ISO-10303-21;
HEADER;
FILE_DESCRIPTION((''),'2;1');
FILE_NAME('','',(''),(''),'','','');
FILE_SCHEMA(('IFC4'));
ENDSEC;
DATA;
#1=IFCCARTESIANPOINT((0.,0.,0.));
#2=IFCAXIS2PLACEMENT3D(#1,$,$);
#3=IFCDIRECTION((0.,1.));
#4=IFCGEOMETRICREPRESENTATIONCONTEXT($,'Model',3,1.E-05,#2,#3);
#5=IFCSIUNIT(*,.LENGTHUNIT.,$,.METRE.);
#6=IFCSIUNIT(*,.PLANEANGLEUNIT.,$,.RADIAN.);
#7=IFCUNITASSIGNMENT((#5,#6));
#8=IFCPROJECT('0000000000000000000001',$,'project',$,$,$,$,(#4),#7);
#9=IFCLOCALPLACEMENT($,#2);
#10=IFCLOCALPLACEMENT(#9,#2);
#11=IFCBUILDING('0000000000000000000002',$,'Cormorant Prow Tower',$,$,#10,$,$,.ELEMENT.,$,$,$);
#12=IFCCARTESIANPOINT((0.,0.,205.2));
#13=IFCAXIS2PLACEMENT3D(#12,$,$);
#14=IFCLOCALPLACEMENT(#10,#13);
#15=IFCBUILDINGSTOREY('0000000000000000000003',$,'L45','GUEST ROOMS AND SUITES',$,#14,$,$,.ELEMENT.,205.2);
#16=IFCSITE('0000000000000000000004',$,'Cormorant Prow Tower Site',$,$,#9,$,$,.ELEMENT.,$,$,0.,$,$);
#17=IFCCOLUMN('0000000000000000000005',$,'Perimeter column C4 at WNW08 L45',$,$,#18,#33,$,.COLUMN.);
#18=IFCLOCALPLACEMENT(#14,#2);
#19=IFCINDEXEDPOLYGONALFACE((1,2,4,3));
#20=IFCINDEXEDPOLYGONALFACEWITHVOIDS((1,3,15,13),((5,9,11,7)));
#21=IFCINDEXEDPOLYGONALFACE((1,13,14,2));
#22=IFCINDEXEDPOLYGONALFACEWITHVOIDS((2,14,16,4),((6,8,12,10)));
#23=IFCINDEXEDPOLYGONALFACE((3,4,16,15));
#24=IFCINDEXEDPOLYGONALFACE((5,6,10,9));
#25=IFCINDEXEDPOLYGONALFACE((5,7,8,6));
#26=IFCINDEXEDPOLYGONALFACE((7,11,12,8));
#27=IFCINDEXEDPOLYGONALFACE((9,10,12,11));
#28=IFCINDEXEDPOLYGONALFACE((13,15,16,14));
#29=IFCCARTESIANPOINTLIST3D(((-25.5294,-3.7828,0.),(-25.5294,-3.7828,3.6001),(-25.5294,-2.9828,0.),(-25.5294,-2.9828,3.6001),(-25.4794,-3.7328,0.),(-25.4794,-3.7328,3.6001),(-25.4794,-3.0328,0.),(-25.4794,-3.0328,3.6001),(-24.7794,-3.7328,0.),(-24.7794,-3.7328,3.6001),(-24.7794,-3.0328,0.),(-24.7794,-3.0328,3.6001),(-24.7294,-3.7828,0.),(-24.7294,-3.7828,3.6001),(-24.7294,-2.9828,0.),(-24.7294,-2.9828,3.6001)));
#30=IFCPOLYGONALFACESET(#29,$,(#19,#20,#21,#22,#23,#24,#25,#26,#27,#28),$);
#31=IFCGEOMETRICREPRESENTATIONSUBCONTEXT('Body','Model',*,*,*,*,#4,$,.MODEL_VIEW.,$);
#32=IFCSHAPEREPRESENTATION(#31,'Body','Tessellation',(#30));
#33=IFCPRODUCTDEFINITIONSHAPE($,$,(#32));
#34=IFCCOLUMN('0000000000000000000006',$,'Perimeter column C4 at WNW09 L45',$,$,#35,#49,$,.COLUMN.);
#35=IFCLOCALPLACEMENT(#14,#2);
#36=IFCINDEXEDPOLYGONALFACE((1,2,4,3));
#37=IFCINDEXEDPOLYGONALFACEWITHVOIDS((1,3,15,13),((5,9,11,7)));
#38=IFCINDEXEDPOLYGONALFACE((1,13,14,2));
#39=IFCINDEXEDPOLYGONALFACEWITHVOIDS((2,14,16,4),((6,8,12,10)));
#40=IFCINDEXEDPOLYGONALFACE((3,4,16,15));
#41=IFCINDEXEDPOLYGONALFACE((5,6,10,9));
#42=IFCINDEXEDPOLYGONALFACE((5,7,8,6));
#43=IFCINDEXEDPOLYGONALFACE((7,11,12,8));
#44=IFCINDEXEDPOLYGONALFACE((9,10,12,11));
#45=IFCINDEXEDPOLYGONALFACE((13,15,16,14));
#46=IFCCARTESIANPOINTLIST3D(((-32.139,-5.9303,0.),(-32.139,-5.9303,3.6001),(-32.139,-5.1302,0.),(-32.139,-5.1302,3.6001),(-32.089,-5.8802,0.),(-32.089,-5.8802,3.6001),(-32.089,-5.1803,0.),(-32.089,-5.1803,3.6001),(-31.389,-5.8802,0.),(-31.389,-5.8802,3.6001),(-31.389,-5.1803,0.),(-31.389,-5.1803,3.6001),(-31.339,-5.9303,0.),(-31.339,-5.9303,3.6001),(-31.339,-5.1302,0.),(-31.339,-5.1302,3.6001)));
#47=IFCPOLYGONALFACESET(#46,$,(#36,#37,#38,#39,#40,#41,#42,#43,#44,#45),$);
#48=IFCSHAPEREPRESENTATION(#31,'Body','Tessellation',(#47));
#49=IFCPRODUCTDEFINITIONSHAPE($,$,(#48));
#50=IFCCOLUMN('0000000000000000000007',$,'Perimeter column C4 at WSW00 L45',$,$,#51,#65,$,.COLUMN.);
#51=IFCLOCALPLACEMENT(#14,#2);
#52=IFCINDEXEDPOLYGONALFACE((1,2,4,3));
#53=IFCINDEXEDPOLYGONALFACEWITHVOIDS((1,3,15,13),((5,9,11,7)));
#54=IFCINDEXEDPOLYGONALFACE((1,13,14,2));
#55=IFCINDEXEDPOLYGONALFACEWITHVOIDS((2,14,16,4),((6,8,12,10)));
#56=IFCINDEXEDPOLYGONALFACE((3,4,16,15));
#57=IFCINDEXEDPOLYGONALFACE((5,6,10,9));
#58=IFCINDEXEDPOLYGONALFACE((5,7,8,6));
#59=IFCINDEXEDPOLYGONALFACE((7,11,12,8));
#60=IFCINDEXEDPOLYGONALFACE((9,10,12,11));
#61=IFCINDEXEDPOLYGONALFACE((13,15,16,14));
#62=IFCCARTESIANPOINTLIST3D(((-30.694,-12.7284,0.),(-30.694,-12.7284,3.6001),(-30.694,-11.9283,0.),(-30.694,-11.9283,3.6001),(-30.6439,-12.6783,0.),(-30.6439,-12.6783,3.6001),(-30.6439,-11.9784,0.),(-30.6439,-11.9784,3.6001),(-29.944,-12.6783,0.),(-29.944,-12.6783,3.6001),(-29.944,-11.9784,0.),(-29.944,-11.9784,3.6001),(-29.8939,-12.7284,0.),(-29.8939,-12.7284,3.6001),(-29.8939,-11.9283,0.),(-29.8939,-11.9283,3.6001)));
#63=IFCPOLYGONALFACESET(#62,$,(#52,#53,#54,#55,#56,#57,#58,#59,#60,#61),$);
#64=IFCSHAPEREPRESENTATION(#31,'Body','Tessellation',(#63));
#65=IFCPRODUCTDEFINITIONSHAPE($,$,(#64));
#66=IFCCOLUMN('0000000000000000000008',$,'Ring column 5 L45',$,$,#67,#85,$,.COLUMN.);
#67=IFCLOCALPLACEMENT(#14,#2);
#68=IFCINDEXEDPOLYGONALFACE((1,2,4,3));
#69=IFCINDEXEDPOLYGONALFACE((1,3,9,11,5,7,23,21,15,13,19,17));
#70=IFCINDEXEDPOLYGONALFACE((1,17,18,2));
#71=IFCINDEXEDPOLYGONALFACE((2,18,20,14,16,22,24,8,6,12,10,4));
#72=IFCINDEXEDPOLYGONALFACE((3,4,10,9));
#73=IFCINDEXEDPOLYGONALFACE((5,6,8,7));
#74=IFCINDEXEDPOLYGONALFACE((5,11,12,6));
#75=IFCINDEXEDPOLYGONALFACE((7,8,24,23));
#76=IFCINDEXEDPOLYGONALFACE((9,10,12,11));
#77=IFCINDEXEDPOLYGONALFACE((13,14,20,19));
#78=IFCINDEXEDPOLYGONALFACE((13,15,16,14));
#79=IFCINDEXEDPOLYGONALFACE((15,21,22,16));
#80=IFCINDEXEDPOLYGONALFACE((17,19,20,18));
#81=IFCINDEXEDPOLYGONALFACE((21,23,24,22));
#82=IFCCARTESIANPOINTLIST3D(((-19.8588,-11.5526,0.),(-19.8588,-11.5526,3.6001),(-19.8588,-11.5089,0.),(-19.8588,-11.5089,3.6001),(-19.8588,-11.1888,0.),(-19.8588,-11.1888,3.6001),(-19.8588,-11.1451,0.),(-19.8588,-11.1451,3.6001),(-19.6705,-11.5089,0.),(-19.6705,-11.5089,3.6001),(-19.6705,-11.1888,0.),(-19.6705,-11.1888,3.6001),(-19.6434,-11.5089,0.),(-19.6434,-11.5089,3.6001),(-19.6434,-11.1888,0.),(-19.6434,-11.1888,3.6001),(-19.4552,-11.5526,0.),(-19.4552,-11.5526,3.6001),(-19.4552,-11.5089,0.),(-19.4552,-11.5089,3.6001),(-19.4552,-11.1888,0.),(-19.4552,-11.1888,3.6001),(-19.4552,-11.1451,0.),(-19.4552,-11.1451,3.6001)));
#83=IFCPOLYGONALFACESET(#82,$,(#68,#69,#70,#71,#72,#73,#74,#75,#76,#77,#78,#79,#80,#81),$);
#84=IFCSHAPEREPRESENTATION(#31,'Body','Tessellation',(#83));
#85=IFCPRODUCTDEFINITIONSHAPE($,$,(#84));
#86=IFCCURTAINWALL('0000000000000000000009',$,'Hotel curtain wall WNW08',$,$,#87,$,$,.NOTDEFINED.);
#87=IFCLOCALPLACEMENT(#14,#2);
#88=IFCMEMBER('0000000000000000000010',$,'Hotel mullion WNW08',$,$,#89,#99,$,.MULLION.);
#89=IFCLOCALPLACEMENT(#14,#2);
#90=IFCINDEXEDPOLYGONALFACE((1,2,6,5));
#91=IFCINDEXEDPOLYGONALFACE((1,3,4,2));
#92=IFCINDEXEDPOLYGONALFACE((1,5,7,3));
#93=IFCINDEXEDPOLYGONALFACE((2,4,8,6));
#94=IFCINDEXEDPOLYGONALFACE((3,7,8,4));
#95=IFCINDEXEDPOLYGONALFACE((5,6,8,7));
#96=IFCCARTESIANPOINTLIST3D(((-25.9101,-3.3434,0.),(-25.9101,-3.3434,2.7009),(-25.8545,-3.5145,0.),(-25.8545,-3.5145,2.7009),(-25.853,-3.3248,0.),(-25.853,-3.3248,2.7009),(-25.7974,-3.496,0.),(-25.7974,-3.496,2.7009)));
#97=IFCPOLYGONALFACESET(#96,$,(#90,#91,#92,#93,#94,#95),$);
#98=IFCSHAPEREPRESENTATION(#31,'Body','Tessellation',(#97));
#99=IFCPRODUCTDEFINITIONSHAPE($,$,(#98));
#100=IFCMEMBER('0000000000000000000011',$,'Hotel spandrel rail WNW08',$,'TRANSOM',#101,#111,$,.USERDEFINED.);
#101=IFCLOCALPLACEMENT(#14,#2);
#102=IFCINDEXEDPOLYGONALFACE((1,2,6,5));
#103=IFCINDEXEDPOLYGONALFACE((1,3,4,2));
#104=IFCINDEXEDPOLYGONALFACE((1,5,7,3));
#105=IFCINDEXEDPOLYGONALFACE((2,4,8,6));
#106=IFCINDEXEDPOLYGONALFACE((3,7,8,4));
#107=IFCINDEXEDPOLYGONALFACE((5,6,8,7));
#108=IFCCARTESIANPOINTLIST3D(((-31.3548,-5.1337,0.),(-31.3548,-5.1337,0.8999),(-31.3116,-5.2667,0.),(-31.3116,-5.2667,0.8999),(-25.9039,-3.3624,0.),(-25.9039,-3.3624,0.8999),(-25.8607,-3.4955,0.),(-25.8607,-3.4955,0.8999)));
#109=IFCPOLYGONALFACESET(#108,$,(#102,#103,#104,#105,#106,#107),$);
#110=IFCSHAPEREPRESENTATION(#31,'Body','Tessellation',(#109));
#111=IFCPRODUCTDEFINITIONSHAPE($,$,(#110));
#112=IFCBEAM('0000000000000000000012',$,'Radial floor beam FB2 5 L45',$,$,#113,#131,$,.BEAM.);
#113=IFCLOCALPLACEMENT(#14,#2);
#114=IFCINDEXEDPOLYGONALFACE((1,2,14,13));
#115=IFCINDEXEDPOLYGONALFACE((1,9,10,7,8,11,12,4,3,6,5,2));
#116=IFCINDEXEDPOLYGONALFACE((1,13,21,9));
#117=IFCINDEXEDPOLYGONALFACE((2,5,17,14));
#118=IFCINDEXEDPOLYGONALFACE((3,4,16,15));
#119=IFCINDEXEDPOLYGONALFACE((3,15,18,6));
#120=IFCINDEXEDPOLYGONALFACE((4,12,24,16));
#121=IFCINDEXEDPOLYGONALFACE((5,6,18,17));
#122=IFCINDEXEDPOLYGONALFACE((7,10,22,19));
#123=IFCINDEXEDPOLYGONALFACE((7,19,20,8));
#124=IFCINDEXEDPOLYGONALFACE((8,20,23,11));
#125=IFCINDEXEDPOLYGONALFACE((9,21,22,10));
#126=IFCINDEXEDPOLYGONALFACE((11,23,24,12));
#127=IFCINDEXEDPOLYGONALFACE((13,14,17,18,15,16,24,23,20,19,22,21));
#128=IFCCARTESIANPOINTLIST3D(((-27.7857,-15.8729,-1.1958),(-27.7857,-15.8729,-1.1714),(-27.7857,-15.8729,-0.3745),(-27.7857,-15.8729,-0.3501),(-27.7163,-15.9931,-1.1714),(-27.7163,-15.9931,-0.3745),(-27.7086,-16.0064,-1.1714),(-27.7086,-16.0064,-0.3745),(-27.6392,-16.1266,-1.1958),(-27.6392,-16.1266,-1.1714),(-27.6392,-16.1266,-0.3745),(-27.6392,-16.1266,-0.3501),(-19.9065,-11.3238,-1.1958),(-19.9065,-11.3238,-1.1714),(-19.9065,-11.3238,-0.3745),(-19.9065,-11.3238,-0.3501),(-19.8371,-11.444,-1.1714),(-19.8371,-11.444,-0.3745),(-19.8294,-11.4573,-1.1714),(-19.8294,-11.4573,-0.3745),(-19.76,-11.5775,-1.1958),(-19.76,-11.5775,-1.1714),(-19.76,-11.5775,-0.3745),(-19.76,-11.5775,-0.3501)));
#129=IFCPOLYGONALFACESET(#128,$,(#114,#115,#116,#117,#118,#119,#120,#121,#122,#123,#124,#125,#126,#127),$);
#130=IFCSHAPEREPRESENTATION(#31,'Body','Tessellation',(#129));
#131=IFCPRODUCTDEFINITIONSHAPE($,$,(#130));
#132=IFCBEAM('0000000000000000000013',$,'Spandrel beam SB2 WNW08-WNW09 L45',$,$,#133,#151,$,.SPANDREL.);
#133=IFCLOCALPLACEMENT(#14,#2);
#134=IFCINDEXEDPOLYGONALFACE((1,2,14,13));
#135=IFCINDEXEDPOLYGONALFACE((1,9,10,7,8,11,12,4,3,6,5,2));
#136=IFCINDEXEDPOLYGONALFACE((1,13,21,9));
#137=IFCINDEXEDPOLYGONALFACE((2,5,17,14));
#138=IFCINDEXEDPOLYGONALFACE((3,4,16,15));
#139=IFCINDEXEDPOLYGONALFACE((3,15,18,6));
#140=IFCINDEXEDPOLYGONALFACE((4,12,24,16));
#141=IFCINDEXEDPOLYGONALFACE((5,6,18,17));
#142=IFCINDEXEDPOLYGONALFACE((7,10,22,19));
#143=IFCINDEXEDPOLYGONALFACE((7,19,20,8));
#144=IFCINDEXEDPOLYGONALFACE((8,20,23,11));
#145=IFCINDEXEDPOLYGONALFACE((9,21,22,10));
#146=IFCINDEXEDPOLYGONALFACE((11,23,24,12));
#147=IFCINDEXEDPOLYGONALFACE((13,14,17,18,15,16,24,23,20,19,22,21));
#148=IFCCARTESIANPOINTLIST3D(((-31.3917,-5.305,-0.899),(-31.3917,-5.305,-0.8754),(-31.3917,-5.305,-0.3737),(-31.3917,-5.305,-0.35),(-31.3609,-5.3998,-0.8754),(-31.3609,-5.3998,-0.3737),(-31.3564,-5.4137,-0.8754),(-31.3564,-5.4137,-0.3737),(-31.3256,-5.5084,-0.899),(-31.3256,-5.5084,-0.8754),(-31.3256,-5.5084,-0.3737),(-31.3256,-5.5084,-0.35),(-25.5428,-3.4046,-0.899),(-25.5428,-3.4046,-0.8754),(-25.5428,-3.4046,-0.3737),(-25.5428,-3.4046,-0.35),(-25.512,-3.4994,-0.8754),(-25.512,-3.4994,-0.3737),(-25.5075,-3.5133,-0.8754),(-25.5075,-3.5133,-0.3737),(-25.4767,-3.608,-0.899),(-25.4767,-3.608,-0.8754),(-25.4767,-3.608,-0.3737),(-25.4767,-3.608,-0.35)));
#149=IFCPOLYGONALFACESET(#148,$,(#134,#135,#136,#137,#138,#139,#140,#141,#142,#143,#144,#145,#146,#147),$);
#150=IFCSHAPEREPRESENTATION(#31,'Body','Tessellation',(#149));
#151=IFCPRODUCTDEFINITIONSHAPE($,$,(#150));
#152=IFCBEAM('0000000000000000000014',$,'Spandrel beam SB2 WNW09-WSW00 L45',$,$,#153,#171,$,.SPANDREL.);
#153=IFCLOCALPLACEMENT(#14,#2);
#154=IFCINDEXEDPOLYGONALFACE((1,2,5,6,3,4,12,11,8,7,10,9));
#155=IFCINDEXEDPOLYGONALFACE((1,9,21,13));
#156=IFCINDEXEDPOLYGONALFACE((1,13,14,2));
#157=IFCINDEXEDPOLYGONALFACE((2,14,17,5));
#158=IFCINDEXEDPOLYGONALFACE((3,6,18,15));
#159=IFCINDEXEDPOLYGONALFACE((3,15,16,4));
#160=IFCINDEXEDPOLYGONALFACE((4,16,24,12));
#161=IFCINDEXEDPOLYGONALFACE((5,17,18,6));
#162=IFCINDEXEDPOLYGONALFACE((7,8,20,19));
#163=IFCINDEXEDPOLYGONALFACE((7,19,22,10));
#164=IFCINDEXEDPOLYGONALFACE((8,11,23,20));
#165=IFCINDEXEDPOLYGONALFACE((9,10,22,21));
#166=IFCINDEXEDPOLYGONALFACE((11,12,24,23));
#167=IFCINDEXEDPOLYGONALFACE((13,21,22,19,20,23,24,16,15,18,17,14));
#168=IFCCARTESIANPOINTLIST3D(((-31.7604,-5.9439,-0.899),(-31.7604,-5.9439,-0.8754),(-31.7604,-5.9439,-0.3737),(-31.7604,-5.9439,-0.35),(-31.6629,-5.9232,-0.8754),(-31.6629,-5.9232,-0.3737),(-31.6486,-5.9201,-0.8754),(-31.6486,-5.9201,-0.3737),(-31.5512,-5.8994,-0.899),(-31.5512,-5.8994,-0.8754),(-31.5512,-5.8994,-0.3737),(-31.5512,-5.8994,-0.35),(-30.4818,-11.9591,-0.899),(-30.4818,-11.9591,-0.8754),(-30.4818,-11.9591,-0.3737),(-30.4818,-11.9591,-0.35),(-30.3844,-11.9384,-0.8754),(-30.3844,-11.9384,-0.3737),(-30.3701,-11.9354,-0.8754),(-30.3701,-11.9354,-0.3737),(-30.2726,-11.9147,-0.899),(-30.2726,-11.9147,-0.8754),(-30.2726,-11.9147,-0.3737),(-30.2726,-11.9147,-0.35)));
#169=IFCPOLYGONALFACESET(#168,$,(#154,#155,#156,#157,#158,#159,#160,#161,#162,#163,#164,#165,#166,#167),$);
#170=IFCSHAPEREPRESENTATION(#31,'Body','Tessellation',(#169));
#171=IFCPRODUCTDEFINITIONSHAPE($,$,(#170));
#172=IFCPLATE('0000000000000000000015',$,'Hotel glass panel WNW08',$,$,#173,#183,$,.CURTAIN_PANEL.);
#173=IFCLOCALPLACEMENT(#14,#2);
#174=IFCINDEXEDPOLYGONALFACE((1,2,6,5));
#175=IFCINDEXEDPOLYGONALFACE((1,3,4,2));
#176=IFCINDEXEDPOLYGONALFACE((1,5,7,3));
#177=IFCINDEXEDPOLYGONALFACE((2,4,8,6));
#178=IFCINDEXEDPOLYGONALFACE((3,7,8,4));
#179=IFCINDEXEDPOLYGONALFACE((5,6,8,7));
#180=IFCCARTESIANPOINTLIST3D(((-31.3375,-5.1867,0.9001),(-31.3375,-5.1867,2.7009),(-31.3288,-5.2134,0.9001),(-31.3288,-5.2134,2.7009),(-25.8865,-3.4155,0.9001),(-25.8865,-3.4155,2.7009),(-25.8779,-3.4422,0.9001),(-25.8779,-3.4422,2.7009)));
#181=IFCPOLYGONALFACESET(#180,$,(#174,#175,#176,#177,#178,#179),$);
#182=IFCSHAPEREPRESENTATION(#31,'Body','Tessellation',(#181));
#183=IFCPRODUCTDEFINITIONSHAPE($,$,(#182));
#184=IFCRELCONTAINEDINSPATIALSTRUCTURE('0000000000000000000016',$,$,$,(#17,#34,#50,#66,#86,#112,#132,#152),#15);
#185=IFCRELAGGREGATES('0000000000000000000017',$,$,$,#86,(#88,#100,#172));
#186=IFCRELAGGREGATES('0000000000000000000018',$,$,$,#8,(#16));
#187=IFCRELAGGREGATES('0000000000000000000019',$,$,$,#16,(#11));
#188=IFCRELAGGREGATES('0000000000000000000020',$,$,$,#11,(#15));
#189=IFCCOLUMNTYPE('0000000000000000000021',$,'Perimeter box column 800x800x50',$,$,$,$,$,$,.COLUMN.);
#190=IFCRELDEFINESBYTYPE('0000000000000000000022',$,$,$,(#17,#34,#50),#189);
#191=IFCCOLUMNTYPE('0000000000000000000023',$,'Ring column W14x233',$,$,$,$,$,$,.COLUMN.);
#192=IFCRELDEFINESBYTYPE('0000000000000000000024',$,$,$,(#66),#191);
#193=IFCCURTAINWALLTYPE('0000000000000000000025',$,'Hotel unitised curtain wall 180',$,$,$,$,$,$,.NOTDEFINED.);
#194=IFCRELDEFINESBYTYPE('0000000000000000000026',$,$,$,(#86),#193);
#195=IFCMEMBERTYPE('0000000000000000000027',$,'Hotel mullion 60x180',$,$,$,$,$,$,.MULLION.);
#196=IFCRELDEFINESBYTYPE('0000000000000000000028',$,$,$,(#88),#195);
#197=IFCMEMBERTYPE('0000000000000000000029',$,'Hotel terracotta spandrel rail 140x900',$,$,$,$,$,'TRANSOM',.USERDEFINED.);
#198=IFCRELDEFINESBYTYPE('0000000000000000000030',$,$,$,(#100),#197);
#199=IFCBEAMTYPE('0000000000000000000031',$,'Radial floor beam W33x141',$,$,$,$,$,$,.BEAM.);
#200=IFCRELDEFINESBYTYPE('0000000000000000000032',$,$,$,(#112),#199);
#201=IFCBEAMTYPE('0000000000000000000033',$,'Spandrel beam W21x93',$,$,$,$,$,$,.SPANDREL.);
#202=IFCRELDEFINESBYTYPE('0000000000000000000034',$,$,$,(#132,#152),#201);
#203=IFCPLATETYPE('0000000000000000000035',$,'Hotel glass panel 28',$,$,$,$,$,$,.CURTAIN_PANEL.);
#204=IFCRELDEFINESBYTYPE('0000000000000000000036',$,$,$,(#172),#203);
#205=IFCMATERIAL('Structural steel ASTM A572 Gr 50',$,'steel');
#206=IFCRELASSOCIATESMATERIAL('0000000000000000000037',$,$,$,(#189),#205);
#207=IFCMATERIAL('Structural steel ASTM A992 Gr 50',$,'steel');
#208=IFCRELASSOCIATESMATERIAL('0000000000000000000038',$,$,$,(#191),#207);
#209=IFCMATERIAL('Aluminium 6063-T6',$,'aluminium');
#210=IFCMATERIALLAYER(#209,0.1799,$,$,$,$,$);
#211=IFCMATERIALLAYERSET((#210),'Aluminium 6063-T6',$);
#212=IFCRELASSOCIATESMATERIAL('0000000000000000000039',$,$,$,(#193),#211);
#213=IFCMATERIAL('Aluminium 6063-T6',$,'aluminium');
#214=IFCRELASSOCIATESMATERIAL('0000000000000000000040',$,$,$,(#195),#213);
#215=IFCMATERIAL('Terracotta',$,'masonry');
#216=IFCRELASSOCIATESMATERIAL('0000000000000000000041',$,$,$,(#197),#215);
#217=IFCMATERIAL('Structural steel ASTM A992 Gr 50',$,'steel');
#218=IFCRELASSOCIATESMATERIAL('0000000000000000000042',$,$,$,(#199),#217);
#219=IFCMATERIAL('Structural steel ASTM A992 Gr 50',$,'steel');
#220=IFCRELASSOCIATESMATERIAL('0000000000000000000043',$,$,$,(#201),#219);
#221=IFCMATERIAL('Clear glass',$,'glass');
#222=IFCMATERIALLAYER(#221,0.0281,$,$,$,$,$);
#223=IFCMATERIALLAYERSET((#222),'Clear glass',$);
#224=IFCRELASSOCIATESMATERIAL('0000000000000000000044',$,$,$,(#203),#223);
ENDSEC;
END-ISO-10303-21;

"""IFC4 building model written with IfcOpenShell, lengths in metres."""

from ifc_helpers import new_model, si_unit, direction, frame, origin, origin_2d, place, context, subcontext, project, spatial, rectangle, hollow_rectangle, i_section, extrude, material, layer, layer_set, material_profile, profile_set, type_object, element, aggregate, save


model = new_model("IFC4")

# Units and contexts
model_context = context("Model", 3, precision=1e-05, world=origin(), true_north=direction((0.0, 1.0)))
body_context = subcontext(model_context, "Body", "Model", "MODEL_VIEW")
ifc_project = project(units=[si_unit("LENGTHUNIT", "METRE"), si_unit("PLANEANGLEUNIT", "RADIAN")], contexts=[model_context])

# Site, building, storey
site_placement = place(None, origin())
site = spatial("IfcSite", under=ifc_project, at=site_placement, Name="Cormorant Prow Tower Site", CompositionType="ELEMENT", RefElevation=0.0)
building_placement = place(site_placement, origin())
building = spatial("IfcBuilding", under=site, at=building_placement, Name="Cormorant Prow Tower", CompositionType="ELEMENT")
storey_placement = place(building_placement, frame((0.0, 0.0, 205.2)))
storey = spatial("IfcBuildingStorey", under=building, at=storey_placement, Name="L45", Description="GUEST ROOMS AND SUITES", CompositionType="ELEMENT", Elevation=205.2)

# Columns
ifc_material_1 = material(Name="Structural steel ASTM A572 Gr 50", Category="steel")
ifc_material_profile_1 = material_profile(ifc_material_1, hollow_rectangle(XDim=0.8, YDim=0.8, WallThickness=0.05, at=origin_2d()), Name="Box 800x800x50")
ifc_profile_set_1 = profile_set([ifc_material_profile_1], Name="Structural steel ASTM A572 Gr 50")
column_type_1 = type_object("IfcColumnType", Name="Perimeter box column 800x800x50", PredefinedType="COLUMN", material=ifc_profile_set_1)
for number, where, z_axis, x_axis, name in (
    (1, (-25.1294, -3.3828, 0.0), (0.0, 0.0, 1.0), (1.0, 0.0, 0.0), "Perimeter column C4 at WNW08 L45"),
    (2, (-31.739, -5.5303, 0.0), (0.0, 0.0, 1.0), (1.0, 0.0, 0.0), "Perimeter column C4 at WNW09 L45"),
    (3, (-30.2939, -12.3284, 0.0), (0.0, 0.0, 1.0), (1.0, 0.0, 0.0), "Perimeter column C4 at WSW00 L45"),
):
    element("IfcColumn", number, at=place(storey_placement, frame(where, z_axis=z_axis, x_axis=x_axis)), inside=storey, type_object=column_type_1, Name=name, PredefinedType="COLUMN", context=body_context, shape_type="SweptSolid", body=[
        extrude(hollow_rectangle(XDim=0.8, YDim=0.8, WallThickness=0.05, at=origin_2d()), origin(), (0.0, 0.0, 1.0), 3.6001),
    ])
ifc_material_2 = material(Name="Structural steel ASTM A992 Gr 50", Category="steel")
ifc_material_profile_2 = material_profile(ifc_material_2, i_section(OverallWidth=0.4036, OverallDepth=0.4075, WebThickness=0.0271, FlangeThickness=0.0437, at=origin_2d()), Name="W14x233")
ifc_profile_set_2 = profile_set([ifc_material_profile_2], Name="Structural steel ASTM A992 Gr 50")
column_type_2 = type_object("IfcColumnType", Name="Ring column W14x233", PredefinedType="COLUMN", material=ifc_profile_set_2)
column_placement = place(storey_placement, frame((-19.657, -11.3489, 0.0), z_axis=(0.0, 0.0, 1.0), x_axis=(1.0, 0.0, 0.0)))
element("IfcColumn", 4, at=column_placement, inside=storey, type_object=column_type_2, Name="Ring column 5 L45", PredefinedType="COLUMN", context=body_context, shape_type="SweptSolid", body=[
    extrude(i_section(OverallWidth=0.4036, OverallDepth=0.4075, WebThickness=0.0271, FlangeThickness=0.0437, at=origin_2d()), origin(), (0.0, 0.0, 1.0), 3.6001),
])

# Curtain wall, members
ifc_material_3 = material(Name="Aluminium 6063-T6", Category="aluminium")
ifc_layer_1 = layer(ifc_material_3, 0.1799)
ifc_layer_set_1 = layer_set([ifc_layer_1], Name="Aluminium 6063-T6")
curtain_wall_type = type_object("IfcCurtainWallType", Name="Hotel unitised curtain wall 180", PredefinedType="NOTDEFINED", material=ifc_layer_set_1)
curtain_wall_placement = place(storey_placement, origin())
curtain_wall = element("IfcCurtainWall", 5, at=curtain_wall_placement, inside=storey, type_object=curtain_wall_type, Name="Hotel curtain wall WNW08", PredefinedType="NOTDEFINED")
ifc_material_4 = material(Name="Aluminium 6063-T6", Category="aluminium")
ifc_material_profile_3 = material_profile(ifc_material_4, rectangle(XDim=0.1799, YDim=0.0601, at=origin_2d()), Name="Hotel mullion 60x180")
ifc_profile_set_3 = profile_set([ifc_material_profile_3], Name="Aluminium 6063-T6")
member_type_1 = type_object("IfcMemberType", Name="Hotel mullion 60x180", PredefinedType="MULLION", material=ifc_profile_set_3)
member_1_placement = place(storey_placement, frame((-25.8538, -3.4197, 0.0), z_axis=(0.0, 0.0, 1.0), x_axis=(0.309017, -0.951057, 0.0)))
member_1 = element("IfcMember", 6, at=member_1_placement, type_object=member_type_1, Name="Hotel mullion WNW08", PredefinedType="MULLION", context=body_context, shape_type="SweptSolid", body=[
    extrude(rectangle(XDim=0.1799, YDim=0.0601, at=origin_2d()), origin(), (0.0, 0.0, 1.0), 2.7009),
])
ifc_material_5 = material(Name="Terracotta", Category="masonry")
ifc_material_profile_4 = material_profile(ifc_material_5, rectangle(XDim=0.1399, YDim=0.8999, at=origin_2d()), Name="Hotel terracotta spandrel rail 140x900")
ifc_profile_set_4 = profile_set([ifc_material_profile_4], Name="Terracotta")
member_type_2 = type_object("IfcMemberType", Name="Hotel terracotta spandrel rail 140x900", ElementType="TRANSOM", PredefinedType="USERDEFINED", material=ifc_profile_set_4)
member_2_placement = place(storey_placement, frame((-25.8823, -3.429, 0.45), z_axis=(-0.95105, -0.309037, 0.0), x_axis=(0.309037, -0.95105, 0.0)))
member_2 = element("IfcMember", 7, at=member_2_placement, type_object=member_type_2, Name="Hotel spandrel rail WNW08", ObjectType="TRANSOM", PredefinedType="USERDEFINED", context=body_context, shape_type="SweptSolid", body=[
    extrude(rectangle(XDim=0.1399, YDim=0.8999, at=origin_2d()), origin(), (0.0, 0.0, 1.0), 5.7314),
])

# Beams
ifc_material_6 = material(Name="Structural steel ASTM A992 Gr 50", Category="steel")
ifc_material_profile_5 = material_profile(ifc_material_6, i_section(OverallWidth=0.293, OverallDepth=0.8457, WebThickness=0.0154, FlangeThickness=0.0244, at=origin_2d()), Name="W33x141")
ifc_profile_set_5 = profile_set([ifc_material_profile_5], Name="Structural steel ASTM A992 Gr 50")
beam_type_1 = type_object("IfcBeamType", Name="Radial floor beam W33x141", PredefinedType="BEAM", material=ifc_profile_set_5)
beam_1_placement = place(storey_placement, frame((-19.8333, -11.4507, -0.7729), z_axis=(-0.866023, -0.500004, 0.0), x_axis=(0.500004, -0.866023, 0.0)))
element("IfcBeam", 8, at=beam_1_placement, inside=storey, type_object=beam_type_1, Name="Radial floor beam FB2 5 L45", PredefinedType="BEAM", context=body_context, shape_type="SweptSolid", body=[
    extrude(i_section(OverallWidth=0.293, OverallDepth=0.8457, WebThickness=0.0154, FlangeThickness=0.0244, at=origin_2d()), origin(), (0.0, 0.0, 1.0), 9.0981),
])
ifc_material_7 = material(Name="Structural steel ASTM A992 Gr 50", Category="steel")
ifc_material_profile_6 = material_profile(ifc_material_7, i_section(OverallWidth=0.2139, OverallDepth=0.5491, WebThickness=0.0146, FlangeThickness=0.0237, at=origin_2d()), Name="W21x93")
ifc_profile_set_6 = profile_set([ifc_material_profile_6], Name="Structural steel ASTM A992 Gr 50")
beam_type_2 = type_object("IfcBeamType", Name="Spandrel beam W21x93", PredefinedType="SPANDREL", material=ifc_profile_set_6)
beam_2_placement = place(storey_placement, frame((-25.5098, -3.5063, -0.6245), z_axis=(-0.951058, -0.309013, 0.0), x_axis=(0.309013, -0.951058, 0.0)))
element("IfcBeam", 9, at=beam_2_placement, inside=storey, type_object=beam_type_2, Name="Spandrel beam SB2 WNW08-WNW09 L45", PredefinedType="SPANDREL", context=body_context, shape_type="SweptSolid", body=[
    extrude(i_section(OverallWidth=0.2139, OverallDepth=0.5491, WebThickness=0.0146, FlangeThickness=0.0237, at=origin_2d()), origin(), (0.0, 0.0, 1.0), 6.1499),
])
beam_3_placement = place(storey_placement, frame((-31.6558, -5.9216, -0.6245), z_axis=(0.207905, -0.978149, 0.0), x_axis=(0.978149, 0.207905, 0.0)))
element("IfcBeam", 10, at=beam_3_placement, inside=storey, type_object=beam_type_2, Name="Spandrel beam SB2 WNW09-WSW00 L45", PredefinedType="SPANDREL", context=body_context, shape_type="SweptSolid", body=[
    extrude(i_section(OverallWidth=0.2139, OverallDepth=0.5491, WebThickness=0.0146, FlangeThickness=0.0237, at=origin_2d()), origin(), (0.0, 0.0, 1.0), 6.1497),
])

# Plate
ifc_material_8 = material(Name="Clear glass", Category="glass")
ifc_layer_2 = layer(ifc_material_8, 0.0281)
ifc_layer_set_2 = layer_set([ifc_layer_2], Name="Clear glass")
plate_type = type_object("IfcPlateType", Name="Hotel glass panel 28", PredefinedType="CURTAIN_PANEL", material=ifc_layer_set_2)
plate_placement = place(storey_placement, frame((-28.6077, -4.3145, 0.9001), z_axis=(0.0, 0.0, 1.0), x_axis=(-0.951057, -0.309017, 0.0)))
plate = element("IfcPlate", 11, at=plate_placement, type_object=plate_type, Name="Hotel glass panel WNW08", PredefinedType="CURTAIN_PANEL", context=body_context, shape_type="SweptSolid", body=[
    extrude(rectangle(XDim=5.7314, YDim=0.0281, at=origin_2d()), origin(), (0.0, 0.0, 1.0), 1.8008),
])
aggregate(curtain_wall, [member_1, member_2, plate])

save(model, "model.ifc")
